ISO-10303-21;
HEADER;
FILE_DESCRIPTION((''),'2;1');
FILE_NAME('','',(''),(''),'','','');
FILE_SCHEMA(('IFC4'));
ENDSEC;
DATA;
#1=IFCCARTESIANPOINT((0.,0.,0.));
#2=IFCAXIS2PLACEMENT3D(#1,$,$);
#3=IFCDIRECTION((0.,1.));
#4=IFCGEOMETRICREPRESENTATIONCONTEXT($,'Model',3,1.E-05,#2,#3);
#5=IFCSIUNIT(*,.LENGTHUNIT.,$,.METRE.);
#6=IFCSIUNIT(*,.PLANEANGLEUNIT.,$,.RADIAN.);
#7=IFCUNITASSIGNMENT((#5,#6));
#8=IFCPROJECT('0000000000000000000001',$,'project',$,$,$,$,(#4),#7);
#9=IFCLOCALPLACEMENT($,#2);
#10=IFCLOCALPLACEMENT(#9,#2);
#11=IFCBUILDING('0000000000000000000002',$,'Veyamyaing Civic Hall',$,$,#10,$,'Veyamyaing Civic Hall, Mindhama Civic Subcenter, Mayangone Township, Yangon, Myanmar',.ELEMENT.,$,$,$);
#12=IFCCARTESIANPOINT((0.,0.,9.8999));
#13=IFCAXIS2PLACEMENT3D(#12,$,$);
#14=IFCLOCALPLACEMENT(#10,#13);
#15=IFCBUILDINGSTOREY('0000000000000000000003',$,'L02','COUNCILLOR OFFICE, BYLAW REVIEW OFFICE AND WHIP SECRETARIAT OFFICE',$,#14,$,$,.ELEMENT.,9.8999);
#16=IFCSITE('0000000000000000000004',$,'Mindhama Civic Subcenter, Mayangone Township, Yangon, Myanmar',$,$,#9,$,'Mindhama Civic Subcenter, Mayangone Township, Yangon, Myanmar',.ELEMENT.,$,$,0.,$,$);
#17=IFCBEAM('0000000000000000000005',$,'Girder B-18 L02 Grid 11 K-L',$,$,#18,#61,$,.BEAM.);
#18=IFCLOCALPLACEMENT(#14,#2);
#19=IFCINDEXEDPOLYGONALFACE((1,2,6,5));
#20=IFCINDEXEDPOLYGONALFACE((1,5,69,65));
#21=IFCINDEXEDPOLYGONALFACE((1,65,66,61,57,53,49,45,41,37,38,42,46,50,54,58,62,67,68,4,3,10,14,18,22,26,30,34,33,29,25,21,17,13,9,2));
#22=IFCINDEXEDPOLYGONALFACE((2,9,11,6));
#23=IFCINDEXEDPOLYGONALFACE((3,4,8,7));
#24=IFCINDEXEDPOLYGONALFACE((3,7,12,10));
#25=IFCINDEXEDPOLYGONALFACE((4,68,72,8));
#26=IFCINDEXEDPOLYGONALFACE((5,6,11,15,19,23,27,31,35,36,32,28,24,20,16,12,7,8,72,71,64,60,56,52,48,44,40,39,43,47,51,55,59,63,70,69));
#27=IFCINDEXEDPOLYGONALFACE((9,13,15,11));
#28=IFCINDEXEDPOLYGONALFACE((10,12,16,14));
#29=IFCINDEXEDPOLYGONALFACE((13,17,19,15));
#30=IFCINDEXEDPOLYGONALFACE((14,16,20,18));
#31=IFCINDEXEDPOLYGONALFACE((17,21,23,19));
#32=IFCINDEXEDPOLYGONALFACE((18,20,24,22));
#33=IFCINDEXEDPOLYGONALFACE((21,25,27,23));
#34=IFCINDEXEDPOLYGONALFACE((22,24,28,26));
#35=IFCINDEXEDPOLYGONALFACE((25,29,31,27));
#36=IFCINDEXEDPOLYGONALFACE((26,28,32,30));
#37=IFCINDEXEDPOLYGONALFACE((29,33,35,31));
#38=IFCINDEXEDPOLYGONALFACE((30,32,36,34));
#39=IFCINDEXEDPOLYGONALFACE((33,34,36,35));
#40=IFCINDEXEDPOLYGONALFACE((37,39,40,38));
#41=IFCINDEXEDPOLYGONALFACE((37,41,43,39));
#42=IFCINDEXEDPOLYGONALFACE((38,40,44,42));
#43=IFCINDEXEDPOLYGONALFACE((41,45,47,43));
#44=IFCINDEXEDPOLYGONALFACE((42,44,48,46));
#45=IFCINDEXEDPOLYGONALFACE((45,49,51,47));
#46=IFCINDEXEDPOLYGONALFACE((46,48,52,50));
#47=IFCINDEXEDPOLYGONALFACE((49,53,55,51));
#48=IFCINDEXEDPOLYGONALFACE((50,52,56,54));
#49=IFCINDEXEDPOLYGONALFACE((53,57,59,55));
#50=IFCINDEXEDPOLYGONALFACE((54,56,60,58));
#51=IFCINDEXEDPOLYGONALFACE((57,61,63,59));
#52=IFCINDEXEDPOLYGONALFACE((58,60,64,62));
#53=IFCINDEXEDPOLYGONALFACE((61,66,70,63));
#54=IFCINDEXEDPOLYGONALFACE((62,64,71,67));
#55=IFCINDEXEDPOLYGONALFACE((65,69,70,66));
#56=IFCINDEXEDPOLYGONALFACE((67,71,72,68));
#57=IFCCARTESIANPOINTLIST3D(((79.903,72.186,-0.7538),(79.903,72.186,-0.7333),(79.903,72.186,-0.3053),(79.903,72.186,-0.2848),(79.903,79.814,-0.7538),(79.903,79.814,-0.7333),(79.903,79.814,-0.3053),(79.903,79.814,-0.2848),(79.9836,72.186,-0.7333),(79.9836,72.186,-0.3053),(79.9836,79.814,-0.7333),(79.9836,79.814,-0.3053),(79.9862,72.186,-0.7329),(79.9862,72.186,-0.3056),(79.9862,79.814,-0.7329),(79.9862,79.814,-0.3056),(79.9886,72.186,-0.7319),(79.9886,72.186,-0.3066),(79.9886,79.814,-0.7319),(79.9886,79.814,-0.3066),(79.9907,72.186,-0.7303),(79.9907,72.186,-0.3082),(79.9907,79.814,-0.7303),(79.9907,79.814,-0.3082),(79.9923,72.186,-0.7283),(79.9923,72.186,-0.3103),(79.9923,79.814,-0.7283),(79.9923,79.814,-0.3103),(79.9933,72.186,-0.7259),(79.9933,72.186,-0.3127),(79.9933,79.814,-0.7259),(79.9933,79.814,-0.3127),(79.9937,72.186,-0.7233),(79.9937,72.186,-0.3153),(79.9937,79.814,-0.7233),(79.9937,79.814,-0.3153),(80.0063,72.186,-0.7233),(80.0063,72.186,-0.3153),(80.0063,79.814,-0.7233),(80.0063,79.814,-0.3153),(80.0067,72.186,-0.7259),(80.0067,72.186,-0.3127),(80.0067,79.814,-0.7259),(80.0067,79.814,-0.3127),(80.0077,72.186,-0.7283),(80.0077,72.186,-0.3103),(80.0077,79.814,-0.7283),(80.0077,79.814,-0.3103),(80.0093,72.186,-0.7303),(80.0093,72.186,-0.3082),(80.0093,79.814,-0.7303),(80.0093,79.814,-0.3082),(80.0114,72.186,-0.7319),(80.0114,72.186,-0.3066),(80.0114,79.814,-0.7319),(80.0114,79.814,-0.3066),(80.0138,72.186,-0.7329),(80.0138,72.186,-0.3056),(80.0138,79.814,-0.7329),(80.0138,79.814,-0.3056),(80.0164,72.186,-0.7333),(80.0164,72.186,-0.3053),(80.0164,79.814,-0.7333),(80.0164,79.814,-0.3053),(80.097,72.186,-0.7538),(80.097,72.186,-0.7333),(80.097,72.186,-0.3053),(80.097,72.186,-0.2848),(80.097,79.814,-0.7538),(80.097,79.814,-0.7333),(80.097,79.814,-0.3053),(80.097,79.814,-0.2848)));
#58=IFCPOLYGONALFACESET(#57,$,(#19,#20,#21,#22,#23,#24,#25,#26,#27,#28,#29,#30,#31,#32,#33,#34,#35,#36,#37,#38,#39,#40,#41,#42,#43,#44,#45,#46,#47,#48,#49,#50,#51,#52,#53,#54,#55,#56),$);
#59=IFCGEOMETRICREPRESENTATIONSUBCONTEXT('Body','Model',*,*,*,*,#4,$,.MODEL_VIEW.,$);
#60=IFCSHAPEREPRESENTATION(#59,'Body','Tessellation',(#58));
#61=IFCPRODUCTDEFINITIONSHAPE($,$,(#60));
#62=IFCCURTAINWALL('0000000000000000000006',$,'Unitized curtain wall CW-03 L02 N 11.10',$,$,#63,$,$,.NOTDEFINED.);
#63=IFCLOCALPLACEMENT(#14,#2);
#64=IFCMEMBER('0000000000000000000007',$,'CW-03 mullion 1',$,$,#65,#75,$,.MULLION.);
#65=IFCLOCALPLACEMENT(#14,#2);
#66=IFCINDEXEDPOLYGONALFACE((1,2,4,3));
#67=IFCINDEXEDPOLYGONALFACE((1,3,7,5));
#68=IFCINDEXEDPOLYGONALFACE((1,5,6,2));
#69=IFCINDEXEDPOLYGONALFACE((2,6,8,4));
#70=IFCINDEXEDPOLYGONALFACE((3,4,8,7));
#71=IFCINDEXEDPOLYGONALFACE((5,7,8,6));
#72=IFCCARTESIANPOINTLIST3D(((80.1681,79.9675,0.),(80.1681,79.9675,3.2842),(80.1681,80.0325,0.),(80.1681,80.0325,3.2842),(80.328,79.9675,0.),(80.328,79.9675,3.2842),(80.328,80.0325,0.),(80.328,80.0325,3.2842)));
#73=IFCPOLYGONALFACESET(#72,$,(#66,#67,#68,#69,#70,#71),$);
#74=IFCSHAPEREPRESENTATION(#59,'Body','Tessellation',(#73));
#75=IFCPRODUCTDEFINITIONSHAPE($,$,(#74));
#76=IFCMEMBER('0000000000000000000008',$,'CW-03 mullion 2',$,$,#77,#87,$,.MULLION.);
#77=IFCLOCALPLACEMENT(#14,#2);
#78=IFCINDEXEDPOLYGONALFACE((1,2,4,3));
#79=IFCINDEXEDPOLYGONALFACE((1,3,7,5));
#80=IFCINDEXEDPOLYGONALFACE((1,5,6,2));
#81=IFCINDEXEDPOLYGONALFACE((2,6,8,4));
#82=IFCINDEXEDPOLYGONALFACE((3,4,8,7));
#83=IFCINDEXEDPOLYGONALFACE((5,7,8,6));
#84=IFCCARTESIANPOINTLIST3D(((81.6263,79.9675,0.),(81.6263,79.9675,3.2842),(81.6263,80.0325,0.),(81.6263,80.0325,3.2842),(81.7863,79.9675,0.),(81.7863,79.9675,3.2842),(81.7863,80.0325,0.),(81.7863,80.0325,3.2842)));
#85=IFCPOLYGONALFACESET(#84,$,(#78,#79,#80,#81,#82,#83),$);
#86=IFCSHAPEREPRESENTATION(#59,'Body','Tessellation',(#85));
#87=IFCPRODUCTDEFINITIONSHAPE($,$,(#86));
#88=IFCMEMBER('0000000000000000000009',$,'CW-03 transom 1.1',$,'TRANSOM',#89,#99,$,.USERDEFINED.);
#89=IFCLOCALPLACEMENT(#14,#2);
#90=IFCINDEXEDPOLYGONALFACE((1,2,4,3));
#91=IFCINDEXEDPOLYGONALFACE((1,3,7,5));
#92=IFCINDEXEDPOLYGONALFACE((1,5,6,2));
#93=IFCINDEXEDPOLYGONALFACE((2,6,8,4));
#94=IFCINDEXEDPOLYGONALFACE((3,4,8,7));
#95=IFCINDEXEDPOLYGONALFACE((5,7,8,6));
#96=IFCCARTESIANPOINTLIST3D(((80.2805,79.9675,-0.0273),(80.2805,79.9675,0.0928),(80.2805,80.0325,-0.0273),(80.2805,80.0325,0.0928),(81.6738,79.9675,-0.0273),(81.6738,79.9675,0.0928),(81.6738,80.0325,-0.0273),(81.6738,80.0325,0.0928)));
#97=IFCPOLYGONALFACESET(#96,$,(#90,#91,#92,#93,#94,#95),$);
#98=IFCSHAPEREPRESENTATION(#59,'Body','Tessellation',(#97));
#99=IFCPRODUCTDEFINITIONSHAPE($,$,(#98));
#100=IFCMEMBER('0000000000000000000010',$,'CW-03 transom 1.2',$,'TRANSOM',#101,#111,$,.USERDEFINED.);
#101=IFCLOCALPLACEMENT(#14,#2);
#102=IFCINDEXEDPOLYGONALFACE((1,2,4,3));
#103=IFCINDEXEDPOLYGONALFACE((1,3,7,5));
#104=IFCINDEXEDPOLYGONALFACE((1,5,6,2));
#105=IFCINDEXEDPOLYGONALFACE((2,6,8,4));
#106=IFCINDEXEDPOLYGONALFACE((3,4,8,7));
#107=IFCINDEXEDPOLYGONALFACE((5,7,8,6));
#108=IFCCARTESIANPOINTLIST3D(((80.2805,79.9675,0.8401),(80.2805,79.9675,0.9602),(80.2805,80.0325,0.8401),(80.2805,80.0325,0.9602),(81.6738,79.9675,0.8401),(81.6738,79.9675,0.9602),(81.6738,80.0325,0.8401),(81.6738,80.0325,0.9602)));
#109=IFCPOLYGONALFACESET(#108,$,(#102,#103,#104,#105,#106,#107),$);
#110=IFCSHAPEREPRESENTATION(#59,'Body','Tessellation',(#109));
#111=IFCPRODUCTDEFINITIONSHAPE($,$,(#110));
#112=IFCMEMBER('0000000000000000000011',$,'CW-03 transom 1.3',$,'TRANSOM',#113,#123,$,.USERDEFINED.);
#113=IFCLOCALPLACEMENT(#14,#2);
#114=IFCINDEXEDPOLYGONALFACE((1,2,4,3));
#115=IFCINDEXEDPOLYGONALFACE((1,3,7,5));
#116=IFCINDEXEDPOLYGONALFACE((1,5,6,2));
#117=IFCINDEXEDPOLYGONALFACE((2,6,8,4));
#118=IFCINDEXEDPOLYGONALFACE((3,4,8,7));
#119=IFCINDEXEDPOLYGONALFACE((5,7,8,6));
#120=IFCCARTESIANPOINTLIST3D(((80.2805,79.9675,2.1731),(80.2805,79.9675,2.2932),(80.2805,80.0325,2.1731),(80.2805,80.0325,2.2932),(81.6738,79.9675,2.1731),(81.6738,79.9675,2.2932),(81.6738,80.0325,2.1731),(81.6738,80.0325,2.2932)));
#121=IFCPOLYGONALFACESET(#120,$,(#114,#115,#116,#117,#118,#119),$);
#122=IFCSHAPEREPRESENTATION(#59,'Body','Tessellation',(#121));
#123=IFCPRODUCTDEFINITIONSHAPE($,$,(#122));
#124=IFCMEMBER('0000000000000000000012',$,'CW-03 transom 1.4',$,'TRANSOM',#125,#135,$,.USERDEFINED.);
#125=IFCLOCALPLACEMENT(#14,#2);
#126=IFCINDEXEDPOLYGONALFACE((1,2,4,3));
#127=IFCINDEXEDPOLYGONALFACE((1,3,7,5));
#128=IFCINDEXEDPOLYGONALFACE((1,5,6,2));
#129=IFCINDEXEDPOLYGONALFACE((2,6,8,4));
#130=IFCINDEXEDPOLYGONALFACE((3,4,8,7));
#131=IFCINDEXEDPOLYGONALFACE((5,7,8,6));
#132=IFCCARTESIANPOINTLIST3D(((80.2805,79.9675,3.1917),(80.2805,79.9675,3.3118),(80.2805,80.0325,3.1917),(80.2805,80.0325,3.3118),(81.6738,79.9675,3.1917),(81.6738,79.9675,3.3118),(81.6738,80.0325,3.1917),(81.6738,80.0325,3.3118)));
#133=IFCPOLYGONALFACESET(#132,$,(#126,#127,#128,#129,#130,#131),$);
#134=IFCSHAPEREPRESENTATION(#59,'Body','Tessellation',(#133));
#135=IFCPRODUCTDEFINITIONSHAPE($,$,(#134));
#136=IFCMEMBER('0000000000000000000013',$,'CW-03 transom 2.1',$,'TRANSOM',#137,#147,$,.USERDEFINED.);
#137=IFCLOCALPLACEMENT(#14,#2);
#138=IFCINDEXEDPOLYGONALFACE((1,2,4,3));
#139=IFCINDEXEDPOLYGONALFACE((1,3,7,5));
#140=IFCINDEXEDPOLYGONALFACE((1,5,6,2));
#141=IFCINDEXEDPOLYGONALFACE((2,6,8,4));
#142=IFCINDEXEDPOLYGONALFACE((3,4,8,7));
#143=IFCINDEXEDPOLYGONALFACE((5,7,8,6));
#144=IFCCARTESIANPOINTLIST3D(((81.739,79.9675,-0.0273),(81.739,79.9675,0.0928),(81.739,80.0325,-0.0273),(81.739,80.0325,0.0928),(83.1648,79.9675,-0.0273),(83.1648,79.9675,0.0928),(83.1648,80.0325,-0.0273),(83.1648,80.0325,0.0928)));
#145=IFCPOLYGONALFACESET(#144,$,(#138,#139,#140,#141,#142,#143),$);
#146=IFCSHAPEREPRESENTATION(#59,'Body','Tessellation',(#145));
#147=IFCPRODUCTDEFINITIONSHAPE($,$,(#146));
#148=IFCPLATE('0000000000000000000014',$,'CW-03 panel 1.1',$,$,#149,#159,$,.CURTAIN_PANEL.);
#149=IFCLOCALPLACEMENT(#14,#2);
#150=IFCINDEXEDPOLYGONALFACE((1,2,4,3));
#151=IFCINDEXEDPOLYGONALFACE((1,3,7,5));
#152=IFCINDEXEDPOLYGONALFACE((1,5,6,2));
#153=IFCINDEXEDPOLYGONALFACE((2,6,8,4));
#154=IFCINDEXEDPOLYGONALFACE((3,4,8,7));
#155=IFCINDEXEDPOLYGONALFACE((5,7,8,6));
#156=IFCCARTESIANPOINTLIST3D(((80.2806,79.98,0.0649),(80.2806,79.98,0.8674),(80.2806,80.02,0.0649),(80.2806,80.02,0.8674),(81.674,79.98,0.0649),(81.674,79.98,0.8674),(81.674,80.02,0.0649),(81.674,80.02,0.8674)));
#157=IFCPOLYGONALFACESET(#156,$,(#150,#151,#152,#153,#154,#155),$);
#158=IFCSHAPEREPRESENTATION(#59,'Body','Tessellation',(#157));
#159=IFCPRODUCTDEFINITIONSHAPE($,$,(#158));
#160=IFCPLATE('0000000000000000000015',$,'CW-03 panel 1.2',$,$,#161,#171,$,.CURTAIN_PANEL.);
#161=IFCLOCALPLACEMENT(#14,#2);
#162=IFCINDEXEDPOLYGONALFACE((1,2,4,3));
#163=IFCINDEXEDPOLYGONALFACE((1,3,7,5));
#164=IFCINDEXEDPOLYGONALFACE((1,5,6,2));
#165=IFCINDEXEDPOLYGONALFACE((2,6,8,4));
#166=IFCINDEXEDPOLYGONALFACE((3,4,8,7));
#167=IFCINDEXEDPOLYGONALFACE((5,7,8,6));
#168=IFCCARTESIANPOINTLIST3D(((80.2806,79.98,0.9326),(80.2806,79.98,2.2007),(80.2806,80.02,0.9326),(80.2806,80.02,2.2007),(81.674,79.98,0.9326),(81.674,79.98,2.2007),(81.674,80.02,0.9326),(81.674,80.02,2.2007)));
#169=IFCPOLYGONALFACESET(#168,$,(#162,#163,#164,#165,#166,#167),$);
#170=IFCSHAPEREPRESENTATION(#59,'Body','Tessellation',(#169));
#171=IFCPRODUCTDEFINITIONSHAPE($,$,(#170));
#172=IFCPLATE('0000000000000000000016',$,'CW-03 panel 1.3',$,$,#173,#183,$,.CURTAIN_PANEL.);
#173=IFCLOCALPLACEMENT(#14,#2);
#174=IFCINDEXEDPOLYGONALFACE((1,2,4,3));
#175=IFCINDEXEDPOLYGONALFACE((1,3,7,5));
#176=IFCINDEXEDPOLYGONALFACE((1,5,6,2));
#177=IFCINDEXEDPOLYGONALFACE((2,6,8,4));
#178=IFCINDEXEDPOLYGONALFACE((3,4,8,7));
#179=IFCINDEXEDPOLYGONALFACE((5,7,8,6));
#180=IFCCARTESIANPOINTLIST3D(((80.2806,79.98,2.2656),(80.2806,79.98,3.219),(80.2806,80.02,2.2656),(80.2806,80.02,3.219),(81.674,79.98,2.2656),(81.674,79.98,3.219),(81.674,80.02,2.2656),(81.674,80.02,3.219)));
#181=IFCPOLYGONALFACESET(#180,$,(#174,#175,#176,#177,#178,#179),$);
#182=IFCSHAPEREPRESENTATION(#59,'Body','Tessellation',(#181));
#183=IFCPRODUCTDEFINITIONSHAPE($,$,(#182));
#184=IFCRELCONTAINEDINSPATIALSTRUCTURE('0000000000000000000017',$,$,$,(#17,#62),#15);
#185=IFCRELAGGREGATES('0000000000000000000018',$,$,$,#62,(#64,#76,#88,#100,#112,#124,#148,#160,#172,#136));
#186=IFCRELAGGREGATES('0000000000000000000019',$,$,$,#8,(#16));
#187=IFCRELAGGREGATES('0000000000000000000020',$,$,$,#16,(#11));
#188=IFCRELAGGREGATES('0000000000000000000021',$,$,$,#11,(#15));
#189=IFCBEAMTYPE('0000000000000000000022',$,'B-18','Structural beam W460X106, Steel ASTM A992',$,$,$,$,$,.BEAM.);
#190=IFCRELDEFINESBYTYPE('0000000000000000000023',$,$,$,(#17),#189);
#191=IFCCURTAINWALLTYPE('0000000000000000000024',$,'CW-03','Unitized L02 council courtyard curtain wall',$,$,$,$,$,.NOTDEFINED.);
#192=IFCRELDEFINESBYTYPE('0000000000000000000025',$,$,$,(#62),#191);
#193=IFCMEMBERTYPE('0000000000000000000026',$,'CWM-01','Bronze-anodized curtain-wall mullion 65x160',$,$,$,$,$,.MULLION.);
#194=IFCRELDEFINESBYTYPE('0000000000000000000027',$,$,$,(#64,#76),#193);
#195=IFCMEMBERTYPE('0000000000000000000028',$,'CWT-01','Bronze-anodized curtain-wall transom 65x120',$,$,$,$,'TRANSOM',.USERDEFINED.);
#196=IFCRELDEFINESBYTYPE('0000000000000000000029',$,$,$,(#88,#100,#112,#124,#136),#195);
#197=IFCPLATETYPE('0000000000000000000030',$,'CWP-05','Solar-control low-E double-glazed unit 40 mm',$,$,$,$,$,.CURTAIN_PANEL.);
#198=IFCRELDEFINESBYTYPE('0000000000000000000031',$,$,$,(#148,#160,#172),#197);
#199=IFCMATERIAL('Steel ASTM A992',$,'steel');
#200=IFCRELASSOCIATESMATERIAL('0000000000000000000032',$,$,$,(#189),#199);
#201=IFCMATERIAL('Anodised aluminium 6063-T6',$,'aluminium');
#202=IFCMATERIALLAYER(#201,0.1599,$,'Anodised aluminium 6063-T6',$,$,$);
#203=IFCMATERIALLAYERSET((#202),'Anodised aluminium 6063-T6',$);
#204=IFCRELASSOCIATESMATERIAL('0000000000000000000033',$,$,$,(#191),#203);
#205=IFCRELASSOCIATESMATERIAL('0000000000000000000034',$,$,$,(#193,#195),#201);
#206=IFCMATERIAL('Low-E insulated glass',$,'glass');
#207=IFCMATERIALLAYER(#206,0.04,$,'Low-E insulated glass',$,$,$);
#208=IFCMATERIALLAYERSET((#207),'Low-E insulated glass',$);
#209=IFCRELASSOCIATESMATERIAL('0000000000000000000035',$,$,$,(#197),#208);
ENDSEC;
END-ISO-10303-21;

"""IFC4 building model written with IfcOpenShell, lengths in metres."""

from ifc_helpers import new_model, si_unit, direction, frame, origin, origin_2d, place, context, subcontext, project, spatial, rectangle, i_section, extrude, material, layer, layer_set, material_profile, profile_set, type_object, element, aggregate, save


model = new_model("IFC4")

# Units and contexts
model_context = context("Model", 3, precision=1e-05, world=origin(), true_north=direction((0.0, 1.0)))
body_context = subcontext(model_context, "Body", "Model", "MODEL_VIEW")
ifc_project = project(units=[si_unit("LENGTHUNIT", "METRE"), si_unit("PLANEANGLEUNIT", "RADIAN")], contexts=[model_context])

# Site, building, storey
site_placement = place(None, origin())
site = spatial("IfcSite", under=ifc_project, at=site_placement, Name="Mindhama Civic Subcenter, Mayangone Township, Yangon, Myanmar", LongName="Mindhama Civic Subcenter, Mayangone Township, Yangon, Myanmar", CompositionType="ELEMENT", RefElevation=0.0)
building_placement = place(site_placement, origin())
building = spatial("IfcBuilding", under=site, at=building_placement, Name="Veyamyaing Civic Hall", LongName="Veyamyaing Civic Hall, Mindhama Civic Subcenter, Mayangone Township, Yangon, Myanmar", CompositionType="ELEMENT")
storey_placement = place(building_placement, frame((0.0, 0.0, 9.8999)))
storey = spatial("IfcBuildingStorey", under=building, at=storey_placement, Name="L02", Description="COUNCILLOR OFFICE, BYLAW REVIEW OFFICE AND WHIP SECRETARIAT OFFICE", CompositionType="ELEMENT", Elevation=9.8999)

# Beam
ifc_material_1 = material(Name="Steel ASTM A992", Category="steel")
ifc_material_profile_1 = material_profile(ifc_material_1, i_section(OverallWidth=0.1941, OverallDepth=0.469, WebThickness=0.0127, FlangeThickness=0.0205, FilletRadius=0.01, at=origin_2d()), Name="W460X106")
ifc_profile_set_1 = profile_set([ifc_material_profile_1], Name="Steel ASTM A992")
beam_type_1 = type_object("IfcBeamType", Name="B-18", Description="Structural beam W460X106, Steel ASTM A992", PredefinedType="BEAM", material=ifc_profile_set_1)
beam_1_placement = place(storey_placement, frame((80.0, 72.186, -0.5193), z_axis=(0.0, 1.0, 0.0), x_axis=(-1.0, 0.0, 0.0)))
element("IfcBeam", 1, at=beam_1_placement, inside=storey, type_object=beam_type_1, Name="Girder B-18 L02 Grid 11 K-L", PredefinedType="BEAM", context=body_context, shape_type="SweptSolid", body=[
    extrude(i_section(OverallWidth=0.1941, OverallDepth=0.469, WebThickness=0.0127, FlangeThickness=0.0205, FilletRadius=0.01, at=origin_2d()), origin(), (0.0, 0.0, 1.0), 7.6279),
])

# Curtain wall, members, plates
ifc_material_2 = material(Name="Anodised aluminium 6063-T6", Category="aluminium")
ifc_layer_1 = layer(ifc_material_2, 0.1599, Name="Anodised aluminium 6063-T6")
ifc_layer_set_1 = layer_set([ifc_layer_1], Name="Anodised aluminium 6063-T6")
curtain_wall_type = type_object("IfcCurtainWallType", Name="CW-03", Description="Unitized L02 council courtyard curtain wall", PredefinedType="NOTDEFINED", material=ifc_layer_set_1)
curtain_wall_placement = place(storey_placement, origin())
curtain_wall = element("IfcCurtainWall", 2, at=curtain_wall_placement, inside=storey, type_object=curtain_wall_type, Name="Unitized curtain wall CW-03 L02 N 11.10", PredefinedType="NOTDEFINED")
ifc_material_profile_2 = material_profile(ifc_material_2, rectangle(XDim=0.0649, YDim=0.1599, at=origin_2d()), Name="ALU-MUL-65X160")
ifc_profile_set_2 = profile_set([ifc_material_profile_2], Name="Anodised aluminium 6063-T6")
member_type_1 = type_object("IfcMemberType", Name="CWM-01", Description="Bronze-anodized curtain-wall mullion 65x160", PredefinedType="MULLION", material=ifc_profile_set_2)
member_1_placement = place(storey_placement, frame((80.248, 80.0, 0.0), z_axis=(0.0, 0.0, 1.0), x_axis=(0.0, 1.0, 0.0)))
member_1 = element("IfcMember", 3, at=member_1_placement, type_object=member_type_1, Name="CW-03 mullion 1", PredefinedType="MULLION", context=body_context, shape_type="SweptSolid", body=[
    extrude(rectangle(XDim=0.0649, YDim=0.1599, at=origin_2d()), origin(), (0.0, 0.0, 1.0), 3.2842),
])
member_2_placement = place(storey_placement, frame((81.7063, 80.0, 0.0), z_axis=(0.0, 0.0, 1.0), x_axis=(0.0, 1.0, 0.0)))
member_2 = element("IfcMember", 4, at=member_2_placement, type_object=member_type_1, Name="CW-03 mullion 2", PredefinedType="MULLION", context=body_context, shape_type="SweptSolid", body=[
    extrude(rectangle(XDim=0.0649, YDim=0.1599, at=origin_2d()), origin(), (0.0, 0.0, 1.0), 3.2842),
])
ifc_material_profile_3 = material_profile(ifc_material_2, rectangle(XDim=0.0649, YDim=0.1201, at=origin_2d()), Name="ALU-TRN-65X120")
ifc_profile_set_3 = profile_set([ifc_material_profile_3], Name="Anodised aluminium 6063-T6")
member_type_2 = type_object("IfcMemberType", Name="CWT-01", Description="Bronze-anodized curtain-wall transom 65x120", ElementType="TRANSOM", PredefinedType="USERDEFINED", material=ifc_profile_set_3)
member_3_placement = place(storey_placement, frame((80.2805, 80.0, 0.0327), z_axis=(1.0, 0.0, 0.0), x_axis=(0.0, 1.0, 0.0)))
member_3 = element("IfcMember", 5, at=member_3_placement, type_object=member_type_2, Name="CW-03 transom 1.1", ObjectType="TRANSOM", PredefinedType="USERDEFINED", context=body_context, shape_type="SweptSolid", body=[
    extrude(rectangle(XDim=0.0649, YDim=0.1201, at=origin_2d()), origin(), (0.0, 0.0, 1.0), 1.3933),
])
member_4_placement = place(storey_placement, frame((80.2805, 80.0, 0.9001), z_axis=(1.0, 0.0, 0.0), x_axis=(0.0, 1.0, 0.0)))
member_4 = element("IfcMember", 6, at=member_4_placement, type_object=member_type_2, Name="CW-03 transom 1.2", ObjectType="TRANSOM", PredefinedType="USERDEFINED", context=body_context, shape_type="SweptSolid", body=[
    extrude(rectangle(XDim=0.0649, YDim=0.1201, at=origin_2d()), origin(), (0.0, 0.0, 1.0), 1.3933),
])
member_5_placement = place(storey_placement, frame((80.2805, 80.0, 2.2332), z_axis=(1.0, 0.0, 0.0), x_axis=(0.0, 1.0, 0.0)))
member_5 = element("IfcMember", 7, at=member_5_placement, type_object=member_type_2, Name="CW-03 transom 1.3", ObjectType="TRANSOM", PredefinedType="USERDEFINED", context=body_context, shape_type="SweptSolid", body=[
    extrude(rectangle(XDim=0.0649, YDim=0.1201, at=origin_2d()), origin(), (0.0, 0.0, 1.0), 1.3933),
])
member_6_placement = place(storey_placement, frame((80.2805, 80.0, 3.2517), z_axis=(1.0, 0.0, 0.0), x_axis=(0.0, 1.0, 0.0)))
member_6 = element("IfcMember", 8, at=member_6_placement, type_object=member_type_2, Name="CW-03 transom 1.4", ObjectType="TRANSOM", PredefinedType="USERDEFINED", context=body_context, shape_type="SweptSolid", body=[
    extrude(rectangle(XDim=0.0649, YDim=0.1201, at=origin_2d()), origin(), (0.0, 0.0, 1.0), 1.3933),
])
member_7_placement = place(storey_placement, frame((81.739, 80.0, 0.0327), z_axis=(1.0, 0.0, 0.0), x_axis=(0.0, 1.0, 0.0)))
member_7 = element("IfcMember", 9, at=member_7_placement, type_object=member_type_2, Name="CW-03 transom 2.1", ObjectType="TRANSOM", PredefinedType="USERDEFINED", context=body_context, shape_type="SweptSolid", body=[
    extrude(rectangle(XDim=0.0649, YDim=0.1201, at=origin_2d()), origin(), (0.0, 0.0, 1.0), 1.4258),
])
ifc_material_3 = material(Name="Low-E insulated glass", Category="glass")
ifc_layer_2 = layer(ifc_material_3, 0.04, Name="Low-E insulated glass")
ifc_layer_set_2 = layer_set([ifc_layer_2], Name="Low-E insulated glass")
plate_type = type_object("IfcPlateType", Name="CWP-05", Description="Solar-control low-E double-glazed unit 40 mm", PredefinedType="CURTAIN_PANEL", material=ifc_layer_set_2)
plate_1_placement = place(storey_placement, frame((80.9773, 80.0, 0.0649), z_axis=(0.0, 0.0, 1.0), x_axis=(1.0, 0.0, 0.0)))
plate_1 = element("IfcPlate", 10, at=plate_1_placement, type_object=plate_type, Name="CW-03 panel 1.1", PredefinedType="CURTAIN_PANEL", context=body_context, shape_type="SweptSolid", body=[
    extrude(rectangle(XDim=1.3933, YDim=0.04, at=origin_2d()), origin(), (0.0, 0.0, 1.0), 0.8025),
])
plate_2_placement = place(storey_placement, frame((80.9773, 80.0, 0.9326), z_axis=(0.0, 0.0, 1.0), x_axis=(1.0, 0.0, 0.0)))
plate_2 = element("IfcPlate", 11, at=plate_2_placement, type_object=plate_type, Name="CW-03 panel 1.2", PredefinedType="CURTAIN_PANEL", context=body_context, shape_type="SweptSolid", body=[
    extrude(rectangle(XDim=1.3933, YDim=0.04, at=origin_2d()), origin(), (0.0, 0.0, 1.0), 1.2681),
])
plate_3_placement = place(storey_placement, frame((80.9773, 80.0, 2.2656), z_axis=(0.0, 0.0, 1.0), x_axis=(1.0, 0.0, 0.0)))
plate_3 = element("IfcPlate", 12, at=plate_3_placement, type_object=plate_type, Name="CW-03 panel 1.3", PredefinedType="CURTAIN_PANEL", context=body_context, shape_type="SweptSolid", body=[
    extrude(rectangle(XDim=1.3933, YDim=0.04, at=origin_2d()), origin(), (0.0, 0.0, 1.0), 0.9534),
])
aggregate(curtain_wall, [member_1, member_2, member_3, member_4, member_5, member_6, plate_1, plate_2, plate_3, member_7])

save(model, "model.ifc")
